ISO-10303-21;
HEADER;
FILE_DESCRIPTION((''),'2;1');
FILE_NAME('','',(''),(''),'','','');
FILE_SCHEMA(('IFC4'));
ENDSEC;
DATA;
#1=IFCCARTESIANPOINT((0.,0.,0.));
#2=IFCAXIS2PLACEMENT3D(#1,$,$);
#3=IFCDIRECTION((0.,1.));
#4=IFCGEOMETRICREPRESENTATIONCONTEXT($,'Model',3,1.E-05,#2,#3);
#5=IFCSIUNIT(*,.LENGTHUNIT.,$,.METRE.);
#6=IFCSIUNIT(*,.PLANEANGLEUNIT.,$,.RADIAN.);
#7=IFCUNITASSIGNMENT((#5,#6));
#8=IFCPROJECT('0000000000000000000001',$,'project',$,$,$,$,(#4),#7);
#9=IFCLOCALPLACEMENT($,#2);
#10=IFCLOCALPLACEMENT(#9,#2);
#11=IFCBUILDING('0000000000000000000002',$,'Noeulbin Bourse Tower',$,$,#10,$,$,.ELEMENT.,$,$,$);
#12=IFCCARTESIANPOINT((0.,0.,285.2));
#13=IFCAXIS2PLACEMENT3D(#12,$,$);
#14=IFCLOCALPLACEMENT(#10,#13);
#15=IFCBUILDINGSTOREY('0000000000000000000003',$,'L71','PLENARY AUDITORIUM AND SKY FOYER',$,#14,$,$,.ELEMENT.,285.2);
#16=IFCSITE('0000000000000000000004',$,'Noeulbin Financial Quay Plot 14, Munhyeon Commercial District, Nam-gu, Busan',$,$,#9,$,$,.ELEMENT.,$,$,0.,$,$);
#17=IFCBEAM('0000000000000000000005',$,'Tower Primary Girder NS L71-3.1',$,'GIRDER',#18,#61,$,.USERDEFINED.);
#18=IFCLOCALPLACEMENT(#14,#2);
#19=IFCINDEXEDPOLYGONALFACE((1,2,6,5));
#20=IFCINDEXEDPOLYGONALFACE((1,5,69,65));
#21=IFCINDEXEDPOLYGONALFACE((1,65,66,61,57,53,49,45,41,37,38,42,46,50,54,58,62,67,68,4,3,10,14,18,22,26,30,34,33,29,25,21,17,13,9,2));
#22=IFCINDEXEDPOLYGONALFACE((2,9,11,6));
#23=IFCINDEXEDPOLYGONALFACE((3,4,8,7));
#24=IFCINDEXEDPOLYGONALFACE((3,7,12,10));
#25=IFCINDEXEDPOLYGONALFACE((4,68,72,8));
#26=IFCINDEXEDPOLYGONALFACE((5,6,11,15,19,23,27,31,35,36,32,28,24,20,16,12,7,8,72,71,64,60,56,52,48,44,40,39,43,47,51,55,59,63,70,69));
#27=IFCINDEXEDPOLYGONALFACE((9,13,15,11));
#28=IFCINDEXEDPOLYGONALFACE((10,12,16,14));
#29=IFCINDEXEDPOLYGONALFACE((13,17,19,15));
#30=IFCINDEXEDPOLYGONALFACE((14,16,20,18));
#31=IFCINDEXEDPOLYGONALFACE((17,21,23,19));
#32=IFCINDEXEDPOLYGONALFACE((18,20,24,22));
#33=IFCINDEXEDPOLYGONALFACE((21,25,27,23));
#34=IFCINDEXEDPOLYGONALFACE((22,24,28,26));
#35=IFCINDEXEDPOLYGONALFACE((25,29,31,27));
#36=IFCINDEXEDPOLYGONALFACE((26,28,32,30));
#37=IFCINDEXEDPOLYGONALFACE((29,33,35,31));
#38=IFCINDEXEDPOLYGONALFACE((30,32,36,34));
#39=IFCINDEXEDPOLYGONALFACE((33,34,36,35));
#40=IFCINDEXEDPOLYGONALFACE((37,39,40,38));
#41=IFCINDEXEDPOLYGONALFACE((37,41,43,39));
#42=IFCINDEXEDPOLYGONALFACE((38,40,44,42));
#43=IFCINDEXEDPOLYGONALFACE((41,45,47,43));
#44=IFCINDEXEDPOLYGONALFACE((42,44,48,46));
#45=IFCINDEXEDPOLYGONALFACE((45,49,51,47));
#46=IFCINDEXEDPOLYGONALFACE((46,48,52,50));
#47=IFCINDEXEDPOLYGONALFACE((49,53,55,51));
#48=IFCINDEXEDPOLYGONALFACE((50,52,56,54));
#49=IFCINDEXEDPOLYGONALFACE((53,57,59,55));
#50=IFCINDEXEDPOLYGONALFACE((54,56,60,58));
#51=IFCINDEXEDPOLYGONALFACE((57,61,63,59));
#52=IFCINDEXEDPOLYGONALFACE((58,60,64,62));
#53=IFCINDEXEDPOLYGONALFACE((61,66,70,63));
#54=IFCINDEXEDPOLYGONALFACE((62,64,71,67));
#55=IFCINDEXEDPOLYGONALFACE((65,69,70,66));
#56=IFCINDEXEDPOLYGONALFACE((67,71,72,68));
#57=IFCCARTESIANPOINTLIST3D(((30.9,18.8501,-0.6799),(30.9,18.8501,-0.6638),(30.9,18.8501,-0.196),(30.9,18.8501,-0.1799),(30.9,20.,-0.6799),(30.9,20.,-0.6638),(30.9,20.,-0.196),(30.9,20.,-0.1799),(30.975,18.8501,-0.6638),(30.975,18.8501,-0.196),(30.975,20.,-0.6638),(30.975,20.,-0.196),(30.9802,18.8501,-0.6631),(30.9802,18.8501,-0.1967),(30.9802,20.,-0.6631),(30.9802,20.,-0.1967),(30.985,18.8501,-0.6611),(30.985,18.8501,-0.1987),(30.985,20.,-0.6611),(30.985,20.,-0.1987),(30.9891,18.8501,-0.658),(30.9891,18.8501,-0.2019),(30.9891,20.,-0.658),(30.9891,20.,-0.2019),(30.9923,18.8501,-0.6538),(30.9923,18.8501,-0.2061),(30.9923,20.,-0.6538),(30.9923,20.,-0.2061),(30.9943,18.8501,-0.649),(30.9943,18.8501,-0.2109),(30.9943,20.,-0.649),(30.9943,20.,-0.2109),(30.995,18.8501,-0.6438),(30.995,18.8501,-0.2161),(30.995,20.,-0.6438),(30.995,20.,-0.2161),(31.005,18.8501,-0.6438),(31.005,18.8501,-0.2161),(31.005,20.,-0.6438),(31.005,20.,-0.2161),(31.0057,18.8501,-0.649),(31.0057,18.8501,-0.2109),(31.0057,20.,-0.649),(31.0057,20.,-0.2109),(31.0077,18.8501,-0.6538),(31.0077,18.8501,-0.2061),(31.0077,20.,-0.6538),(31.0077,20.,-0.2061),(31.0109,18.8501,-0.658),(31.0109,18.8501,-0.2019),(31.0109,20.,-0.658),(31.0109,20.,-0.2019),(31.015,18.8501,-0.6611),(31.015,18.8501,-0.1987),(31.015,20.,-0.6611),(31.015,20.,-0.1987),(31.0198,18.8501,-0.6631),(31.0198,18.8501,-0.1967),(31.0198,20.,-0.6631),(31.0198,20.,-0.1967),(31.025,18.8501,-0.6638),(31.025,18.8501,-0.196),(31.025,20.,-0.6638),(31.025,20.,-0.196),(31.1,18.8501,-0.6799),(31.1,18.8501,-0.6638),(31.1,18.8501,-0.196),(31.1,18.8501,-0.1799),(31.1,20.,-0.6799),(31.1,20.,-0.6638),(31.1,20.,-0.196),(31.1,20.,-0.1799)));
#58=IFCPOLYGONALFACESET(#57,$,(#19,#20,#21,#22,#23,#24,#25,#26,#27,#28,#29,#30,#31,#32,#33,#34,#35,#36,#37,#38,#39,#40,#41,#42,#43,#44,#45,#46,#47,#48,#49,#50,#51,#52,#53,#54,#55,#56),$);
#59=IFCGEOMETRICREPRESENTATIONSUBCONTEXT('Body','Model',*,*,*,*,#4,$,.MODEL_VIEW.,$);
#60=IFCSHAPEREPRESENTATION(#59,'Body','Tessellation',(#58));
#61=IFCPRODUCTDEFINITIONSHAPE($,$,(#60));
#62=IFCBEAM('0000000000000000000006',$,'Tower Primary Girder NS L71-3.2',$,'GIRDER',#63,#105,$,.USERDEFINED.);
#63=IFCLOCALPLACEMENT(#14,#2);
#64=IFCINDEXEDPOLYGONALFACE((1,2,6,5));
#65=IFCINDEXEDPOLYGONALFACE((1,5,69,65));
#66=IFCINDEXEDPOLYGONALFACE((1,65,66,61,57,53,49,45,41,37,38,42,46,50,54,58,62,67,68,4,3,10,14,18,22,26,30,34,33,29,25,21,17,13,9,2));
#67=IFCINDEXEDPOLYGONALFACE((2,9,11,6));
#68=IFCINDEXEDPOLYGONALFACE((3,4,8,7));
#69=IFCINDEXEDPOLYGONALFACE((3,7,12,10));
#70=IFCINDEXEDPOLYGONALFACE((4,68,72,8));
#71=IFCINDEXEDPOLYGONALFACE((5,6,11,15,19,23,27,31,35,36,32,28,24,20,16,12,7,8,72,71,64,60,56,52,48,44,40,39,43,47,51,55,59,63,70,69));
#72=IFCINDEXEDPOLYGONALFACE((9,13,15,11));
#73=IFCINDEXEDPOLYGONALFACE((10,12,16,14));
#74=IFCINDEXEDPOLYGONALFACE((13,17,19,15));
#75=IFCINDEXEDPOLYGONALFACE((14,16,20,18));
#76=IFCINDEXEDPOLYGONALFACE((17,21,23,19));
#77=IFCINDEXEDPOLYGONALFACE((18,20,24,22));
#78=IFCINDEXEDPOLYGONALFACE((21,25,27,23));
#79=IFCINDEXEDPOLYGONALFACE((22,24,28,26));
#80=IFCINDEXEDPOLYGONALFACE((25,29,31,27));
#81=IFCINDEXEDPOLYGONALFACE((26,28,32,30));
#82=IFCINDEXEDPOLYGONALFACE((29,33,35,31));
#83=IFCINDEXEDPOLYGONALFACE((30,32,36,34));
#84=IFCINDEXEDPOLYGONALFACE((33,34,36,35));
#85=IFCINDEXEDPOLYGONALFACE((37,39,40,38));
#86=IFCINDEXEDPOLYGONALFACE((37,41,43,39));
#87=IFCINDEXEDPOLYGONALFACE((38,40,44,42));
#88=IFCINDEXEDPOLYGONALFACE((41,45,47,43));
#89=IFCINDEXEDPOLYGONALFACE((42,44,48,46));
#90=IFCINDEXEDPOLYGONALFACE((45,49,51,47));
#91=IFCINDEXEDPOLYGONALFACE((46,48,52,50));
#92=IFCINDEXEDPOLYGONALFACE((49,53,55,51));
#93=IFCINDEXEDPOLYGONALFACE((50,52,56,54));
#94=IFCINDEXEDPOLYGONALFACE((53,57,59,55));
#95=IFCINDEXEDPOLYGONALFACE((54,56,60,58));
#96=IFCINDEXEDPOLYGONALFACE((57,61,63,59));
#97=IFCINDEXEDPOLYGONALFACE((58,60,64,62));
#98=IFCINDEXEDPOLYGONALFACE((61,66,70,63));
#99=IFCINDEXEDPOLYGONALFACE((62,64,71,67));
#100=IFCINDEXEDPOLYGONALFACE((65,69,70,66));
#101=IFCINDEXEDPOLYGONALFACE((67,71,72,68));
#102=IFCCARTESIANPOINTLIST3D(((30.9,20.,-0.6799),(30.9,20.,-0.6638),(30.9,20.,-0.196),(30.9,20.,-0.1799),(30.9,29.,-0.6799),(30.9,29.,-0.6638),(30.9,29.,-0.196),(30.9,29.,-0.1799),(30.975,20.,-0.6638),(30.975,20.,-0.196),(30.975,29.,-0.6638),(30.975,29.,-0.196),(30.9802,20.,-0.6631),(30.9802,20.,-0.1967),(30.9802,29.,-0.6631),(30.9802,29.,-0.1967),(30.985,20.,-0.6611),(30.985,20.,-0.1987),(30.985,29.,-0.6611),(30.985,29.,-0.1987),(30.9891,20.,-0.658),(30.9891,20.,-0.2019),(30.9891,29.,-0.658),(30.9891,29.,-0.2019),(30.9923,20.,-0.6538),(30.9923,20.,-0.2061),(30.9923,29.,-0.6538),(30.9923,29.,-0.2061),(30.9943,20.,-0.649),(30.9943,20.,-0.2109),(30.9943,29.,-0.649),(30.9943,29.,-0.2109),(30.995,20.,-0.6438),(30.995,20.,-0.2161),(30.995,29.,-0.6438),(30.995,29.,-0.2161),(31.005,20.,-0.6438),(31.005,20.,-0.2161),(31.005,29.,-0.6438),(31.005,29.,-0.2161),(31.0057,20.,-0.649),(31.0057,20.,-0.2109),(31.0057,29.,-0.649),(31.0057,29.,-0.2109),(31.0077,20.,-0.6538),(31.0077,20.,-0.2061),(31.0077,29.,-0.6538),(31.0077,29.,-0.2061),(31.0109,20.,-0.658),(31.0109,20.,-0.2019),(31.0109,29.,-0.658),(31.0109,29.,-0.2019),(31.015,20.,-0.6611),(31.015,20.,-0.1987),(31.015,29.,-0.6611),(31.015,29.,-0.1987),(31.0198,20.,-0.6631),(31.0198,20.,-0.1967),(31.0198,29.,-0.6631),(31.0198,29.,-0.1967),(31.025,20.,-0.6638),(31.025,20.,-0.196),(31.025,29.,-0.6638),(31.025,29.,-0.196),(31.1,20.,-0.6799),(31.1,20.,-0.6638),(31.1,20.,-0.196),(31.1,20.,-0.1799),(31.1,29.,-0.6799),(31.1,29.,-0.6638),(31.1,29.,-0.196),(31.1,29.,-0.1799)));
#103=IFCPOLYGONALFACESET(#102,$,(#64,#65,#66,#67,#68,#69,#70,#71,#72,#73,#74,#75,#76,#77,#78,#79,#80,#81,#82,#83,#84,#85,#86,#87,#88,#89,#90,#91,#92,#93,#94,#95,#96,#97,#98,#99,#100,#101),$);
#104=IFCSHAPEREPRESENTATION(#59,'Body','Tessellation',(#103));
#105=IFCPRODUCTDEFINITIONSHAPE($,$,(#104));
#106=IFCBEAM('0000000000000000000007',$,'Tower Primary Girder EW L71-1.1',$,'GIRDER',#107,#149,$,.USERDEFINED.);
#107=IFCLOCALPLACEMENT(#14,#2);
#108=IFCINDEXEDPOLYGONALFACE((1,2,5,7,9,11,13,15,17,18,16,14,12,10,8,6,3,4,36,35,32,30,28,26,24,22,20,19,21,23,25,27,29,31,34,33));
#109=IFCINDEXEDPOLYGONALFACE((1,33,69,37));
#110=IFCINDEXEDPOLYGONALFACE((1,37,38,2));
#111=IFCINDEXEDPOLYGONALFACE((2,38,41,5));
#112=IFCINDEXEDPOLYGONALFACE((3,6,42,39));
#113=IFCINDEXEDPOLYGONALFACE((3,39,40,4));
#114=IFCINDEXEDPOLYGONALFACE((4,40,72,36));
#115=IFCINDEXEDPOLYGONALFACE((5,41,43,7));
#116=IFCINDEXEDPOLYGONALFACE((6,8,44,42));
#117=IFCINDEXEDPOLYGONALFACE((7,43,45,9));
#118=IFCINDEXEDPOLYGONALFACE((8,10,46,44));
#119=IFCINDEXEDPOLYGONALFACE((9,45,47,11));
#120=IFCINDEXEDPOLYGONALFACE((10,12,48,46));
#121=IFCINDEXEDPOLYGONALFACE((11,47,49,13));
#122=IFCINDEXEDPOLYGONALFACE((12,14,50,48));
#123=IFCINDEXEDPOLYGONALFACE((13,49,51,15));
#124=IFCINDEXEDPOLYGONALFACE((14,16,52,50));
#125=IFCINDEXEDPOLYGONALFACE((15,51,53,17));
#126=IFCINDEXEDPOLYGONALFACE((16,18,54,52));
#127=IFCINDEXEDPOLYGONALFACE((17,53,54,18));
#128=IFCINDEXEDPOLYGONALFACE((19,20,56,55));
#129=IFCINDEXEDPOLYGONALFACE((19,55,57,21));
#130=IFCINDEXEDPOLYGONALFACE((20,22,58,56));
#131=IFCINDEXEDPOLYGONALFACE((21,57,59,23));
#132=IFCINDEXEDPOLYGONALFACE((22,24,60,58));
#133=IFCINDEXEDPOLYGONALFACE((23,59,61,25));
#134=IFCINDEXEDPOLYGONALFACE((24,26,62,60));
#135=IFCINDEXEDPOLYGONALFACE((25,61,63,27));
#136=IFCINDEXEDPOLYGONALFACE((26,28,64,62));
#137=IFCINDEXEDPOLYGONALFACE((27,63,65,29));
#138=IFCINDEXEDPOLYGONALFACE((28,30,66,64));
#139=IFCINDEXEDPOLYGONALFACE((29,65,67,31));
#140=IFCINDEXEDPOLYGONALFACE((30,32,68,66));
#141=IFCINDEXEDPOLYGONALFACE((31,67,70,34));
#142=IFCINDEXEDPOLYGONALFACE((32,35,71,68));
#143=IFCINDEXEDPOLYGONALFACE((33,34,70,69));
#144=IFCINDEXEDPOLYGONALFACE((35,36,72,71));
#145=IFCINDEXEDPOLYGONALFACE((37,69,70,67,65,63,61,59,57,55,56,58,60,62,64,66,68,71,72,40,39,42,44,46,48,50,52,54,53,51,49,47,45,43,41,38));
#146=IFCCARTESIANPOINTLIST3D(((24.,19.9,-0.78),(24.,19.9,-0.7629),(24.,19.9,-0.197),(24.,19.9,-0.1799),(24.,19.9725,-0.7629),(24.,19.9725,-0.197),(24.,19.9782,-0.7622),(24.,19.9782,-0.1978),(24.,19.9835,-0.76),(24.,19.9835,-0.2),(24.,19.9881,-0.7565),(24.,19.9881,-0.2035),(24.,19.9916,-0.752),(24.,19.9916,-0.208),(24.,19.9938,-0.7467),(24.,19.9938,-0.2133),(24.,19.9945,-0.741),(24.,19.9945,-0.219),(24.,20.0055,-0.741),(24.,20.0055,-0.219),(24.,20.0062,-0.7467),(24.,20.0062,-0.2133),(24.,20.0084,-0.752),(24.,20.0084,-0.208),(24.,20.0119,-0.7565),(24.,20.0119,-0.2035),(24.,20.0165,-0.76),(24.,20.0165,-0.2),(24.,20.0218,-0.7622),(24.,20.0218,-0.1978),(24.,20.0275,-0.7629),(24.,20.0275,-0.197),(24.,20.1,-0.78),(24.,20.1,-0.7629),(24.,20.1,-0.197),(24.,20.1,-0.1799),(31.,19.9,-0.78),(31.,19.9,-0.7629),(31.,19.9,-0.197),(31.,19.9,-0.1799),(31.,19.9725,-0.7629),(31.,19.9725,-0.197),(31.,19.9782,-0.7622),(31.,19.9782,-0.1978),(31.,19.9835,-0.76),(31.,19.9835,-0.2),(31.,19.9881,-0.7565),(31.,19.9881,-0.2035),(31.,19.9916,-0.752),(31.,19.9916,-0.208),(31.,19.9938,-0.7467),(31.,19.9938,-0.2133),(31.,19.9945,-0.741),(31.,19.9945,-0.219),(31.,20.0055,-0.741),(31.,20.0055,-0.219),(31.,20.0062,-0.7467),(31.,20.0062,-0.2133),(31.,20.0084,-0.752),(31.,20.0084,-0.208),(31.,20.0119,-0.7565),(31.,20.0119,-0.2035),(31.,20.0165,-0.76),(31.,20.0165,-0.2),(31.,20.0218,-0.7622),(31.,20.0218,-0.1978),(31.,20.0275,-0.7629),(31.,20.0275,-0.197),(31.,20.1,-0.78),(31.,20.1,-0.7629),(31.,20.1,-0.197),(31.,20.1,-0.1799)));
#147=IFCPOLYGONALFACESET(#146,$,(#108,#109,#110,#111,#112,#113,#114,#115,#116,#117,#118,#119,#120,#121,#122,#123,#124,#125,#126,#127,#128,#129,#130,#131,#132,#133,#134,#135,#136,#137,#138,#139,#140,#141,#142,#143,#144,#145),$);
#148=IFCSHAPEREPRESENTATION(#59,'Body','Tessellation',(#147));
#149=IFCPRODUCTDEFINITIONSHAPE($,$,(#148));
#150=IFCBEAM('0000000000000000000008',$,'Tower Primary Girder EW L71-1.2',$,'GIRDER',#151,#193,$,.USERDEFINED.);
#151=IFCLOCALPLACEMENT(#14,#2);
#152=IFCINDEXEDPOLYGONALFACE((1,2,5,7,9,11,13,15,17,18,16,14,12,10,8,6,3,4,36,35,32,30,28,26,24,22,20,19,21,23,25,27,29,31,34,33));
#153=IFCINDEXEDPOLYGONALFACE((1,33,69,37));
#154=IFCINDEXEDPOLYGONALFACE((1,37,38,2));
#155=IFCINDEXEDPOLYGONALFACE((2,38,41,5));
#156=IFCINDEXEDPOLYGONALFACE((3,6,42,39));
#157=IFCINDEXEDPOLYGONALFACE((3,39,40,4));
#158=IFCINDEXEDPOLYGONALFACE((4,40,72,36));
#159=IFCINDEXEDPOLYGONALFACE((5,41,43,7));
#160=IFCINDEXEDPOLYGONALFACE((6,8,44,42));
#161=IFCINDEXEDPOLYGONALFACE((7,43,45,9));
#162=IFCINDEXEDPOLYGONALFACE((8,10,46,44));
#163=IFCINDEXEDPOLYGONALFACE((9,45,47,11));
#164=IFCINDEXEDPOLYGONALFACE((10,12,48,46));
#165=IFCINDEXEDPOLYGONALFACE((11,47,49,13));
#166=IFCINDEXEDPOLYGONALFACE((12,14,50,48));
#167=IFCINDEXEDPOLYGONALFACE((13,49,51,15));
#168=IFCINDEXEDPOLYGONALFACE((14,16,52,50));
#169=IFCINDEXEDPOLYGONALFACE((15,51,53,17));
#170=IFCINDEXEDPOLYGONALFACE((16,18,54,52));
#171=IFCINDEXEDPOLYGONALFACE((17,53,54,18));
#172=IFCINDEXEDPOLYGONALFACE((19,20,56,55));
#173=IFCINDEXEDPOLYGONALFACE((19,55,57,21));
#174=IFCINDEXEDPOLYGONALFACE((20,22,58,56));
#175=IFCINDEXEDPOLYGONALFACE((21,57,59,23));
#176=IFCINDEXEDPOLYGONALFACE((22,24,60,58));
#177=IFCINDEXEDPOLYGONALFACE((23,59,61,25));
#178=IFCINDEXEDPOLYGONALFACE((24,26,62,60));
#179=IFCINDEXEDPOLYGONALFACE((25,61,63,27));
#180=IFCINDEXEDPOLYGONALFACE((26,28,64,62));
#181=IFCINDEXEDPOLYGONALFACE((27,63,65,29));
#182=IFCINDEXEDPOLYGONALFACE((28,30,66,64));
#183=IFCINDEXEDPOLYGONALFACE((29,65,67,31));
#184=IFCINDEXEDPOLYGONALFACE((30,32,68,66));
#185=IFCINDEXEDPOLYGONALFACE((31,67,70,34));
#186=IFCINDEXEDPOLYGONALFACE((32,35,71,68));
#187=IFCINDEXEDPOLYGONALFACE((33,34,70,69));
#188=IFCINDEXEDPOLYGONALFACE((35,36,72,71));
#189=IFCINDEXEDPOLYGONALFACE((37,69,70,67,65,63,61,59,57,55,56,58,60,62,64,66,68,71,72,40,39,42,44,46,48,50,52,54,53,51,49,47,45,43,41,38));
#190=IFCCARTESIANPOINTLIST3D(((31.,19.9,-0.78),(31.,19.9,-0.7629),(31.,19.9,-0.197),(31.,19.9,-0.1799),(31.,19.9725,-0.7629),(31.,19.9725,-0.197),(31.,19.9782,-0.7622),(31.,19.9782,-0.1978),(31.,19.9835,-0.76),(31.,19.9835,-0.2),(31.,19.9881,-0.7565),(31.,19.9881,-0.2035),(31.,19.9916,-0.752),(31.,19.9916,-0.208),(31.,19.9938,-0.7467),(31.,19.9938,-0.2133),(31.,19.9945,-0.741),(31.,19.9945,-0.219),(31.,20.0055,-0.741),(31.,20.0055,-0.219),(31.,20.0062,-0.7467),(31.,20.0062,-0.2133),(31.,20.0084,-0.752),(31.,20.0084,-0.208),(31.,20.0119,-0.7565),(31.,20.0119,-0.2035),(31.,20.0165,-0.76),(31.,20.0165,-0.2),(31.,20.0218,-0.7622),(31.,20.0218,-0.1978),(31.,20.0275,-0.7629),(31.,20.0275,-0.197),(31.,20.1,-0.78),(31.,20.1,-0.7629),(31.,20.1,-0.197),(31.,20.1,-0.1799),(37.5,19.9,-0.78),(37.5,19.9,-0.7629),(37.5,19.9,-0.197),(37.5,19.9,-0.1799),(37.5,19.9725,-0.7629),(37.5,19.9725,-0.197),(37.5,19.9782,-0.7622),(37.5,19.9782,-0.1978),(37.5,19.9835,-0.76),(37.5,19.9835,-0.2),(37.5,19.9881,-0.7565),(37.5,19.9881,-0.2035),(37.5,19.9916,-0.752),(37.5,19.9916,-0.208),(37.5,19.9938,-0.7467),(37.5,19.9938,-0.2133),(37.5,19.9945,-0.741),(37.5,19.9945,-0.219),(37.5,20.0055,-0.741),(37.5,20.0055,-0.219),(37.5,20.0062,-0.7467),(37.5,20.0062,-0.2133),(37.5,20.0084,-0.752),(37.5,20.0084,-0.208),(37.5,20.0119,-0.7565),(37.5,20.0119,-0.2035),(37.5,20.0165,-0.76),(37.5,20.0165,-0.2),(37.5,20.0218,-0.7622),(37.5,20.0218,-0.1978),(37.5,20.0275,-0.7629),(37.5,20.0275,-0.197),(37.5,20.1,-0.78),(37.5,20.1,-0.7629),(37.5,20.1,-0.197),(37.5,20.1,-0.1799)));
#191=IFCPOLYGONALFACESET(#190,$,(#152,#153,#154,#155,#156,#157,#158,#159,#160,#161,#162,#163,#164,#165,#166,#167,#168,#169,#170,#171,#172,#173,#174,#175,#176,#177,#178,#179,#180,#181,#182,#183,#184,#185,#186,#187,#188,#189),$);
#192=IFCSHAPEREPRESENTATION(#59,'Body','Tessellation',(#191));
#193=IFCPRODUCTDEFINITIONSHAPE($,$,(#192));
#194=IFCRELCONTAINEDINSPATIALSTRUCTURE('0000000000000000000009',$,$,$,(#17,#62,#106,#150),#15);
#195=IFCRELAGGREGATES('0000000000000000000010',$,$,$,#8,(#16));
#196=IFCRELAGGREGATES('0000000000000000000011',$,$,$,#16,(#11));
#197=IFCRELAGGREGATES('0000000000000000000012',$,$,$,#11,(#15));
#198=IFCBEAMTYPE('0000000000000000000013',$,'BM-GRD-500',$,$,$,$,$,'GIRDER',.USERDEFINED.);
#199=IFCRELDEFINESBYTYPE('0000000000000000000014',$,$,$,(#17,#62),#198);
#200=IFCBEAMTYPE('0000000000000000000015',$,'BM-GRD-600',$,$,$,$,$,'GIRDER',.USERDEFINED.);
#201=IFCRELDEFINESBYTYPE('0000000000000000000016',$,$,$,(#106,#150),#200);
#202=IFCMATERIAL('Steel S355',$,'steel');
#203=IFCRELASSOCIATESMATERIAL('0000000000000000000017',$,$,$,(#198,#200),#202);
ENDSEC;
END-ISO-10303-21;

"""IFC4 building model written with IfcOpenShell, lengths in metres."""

from ifc_helpers import new_model, si_unit, direction, frame, origin, origin_2d, place, context, subcontext, project, spatial, i_section, extrude, material, material_profile, profile_set, type_object, element, save


model = new_model("IFC4")

# Units and contexts
model_context = context("Model", 3, precision=1e-05, world=origin(), true_north=direction((0.0, 1.0)))
body_context = subcontext(model_context, "Body", "Model", "MODEL_VIEW")
ifc_project = project(units=[si_unit("LENGTHUNIT", "METRE"), si_unit("PLANEANGLEUNIT", "RADIAN")], contexts=[model_context])

# Site, building, storey
site_placement = place(None, origin())
site = spatial("IfcSite", under=ifc_project, at=site_placement, Name="Noeulbin Financial Quay Plot 14, Munhyeon Commercial District, Nam-gu, Busan", CompositionType="ELEMENT", RefElevation=0.0)
building_placement = place(site_placement, origin())
building = spatial("IfcBuilding", under=site, at=building_placement, Name="Noeulbin Bourse Tower", CompositionType="ELEMENT")
storey_placement = place(building_placement, frame((0.0, 0.0, 285.2)))
storey = spatial("IfcBuildingStorey", under=building, at=storey_placement, Name="L71", Description="PLENARY AUDITORIUM AND SKY FOYER", CompositionType="ELEMENT", Elevation=285.2)

# Shared definitions
ifc_material_1 = material(Name="Steel S355", Category="steel")

# Beams
ifc_material_profile_1 = material_profile(ifc_material_1, i_section(OverallWidth=0.2, OverallDepth=0.5, WebThickness=0.01, FlangeThickness=0.0161, FilletRadius=0.02, at=origin_2d()), Name="H-500x200x10x16", Category="LoadBearing")
ifc_profile_set_1 = profile_set([ifc_material_profile_1], Name="Steel S355")
beam_type_1 = type_object("IfcBeamType", Name="BM-GRD-500", ElementType="GIRDER", PredefinedType="USERDEFINED", material=ifc_profile_set_1)
beam_1_placement = place(storey_placement, frame((31.0, 18.8501, -0.4299), z_axis=(0.0, 1.0, 0.0), x_axis=(-1.0, 0.0, 0.0)))
element("IfcBeam", 1, at=beam_1_placement, inside=storey, type_object=beam_type_1, Name="Tower Primary Girder NS L71-3.1", ObjectType="GIRDER", PredefinedType="USERDEFINED", context=body_context, shape_type="SweptSolid", body=[
    extrude(i_section(OverallWidth=0.2, OverallDepth=0.5, WebThickness=0.01, FlangeThickness=0.0161, FilletRadius=0.02, at=origin_2d()), origin(), (0.0, 0.0, 1.0), 1.1499),
])
beam_2_placement = place(storey_placement, frame((31.0, 20.0, -0.4299), z_axis=(0.0, 1.0, 0.0), x_axis=(-1.0, 0.0, 0.0)))
element("IfcBeam", 2, at=beam_2_placement, inside=storey, type_object=beam_type_1, Name="Tower Primary Girder NS L71-3.2", ObjectType="GIRDER", PredefinedType="USERDEFINED", context=body_context, shape_type="SweptSolid", body=[
    extrude(i_section(OverallWidth=0.2, OverallDepth=0.5, WebThickness=0.01, FlangeThickness=0.0161, FilletRadius=0.02, at=origin_2d()), origin(), (0.0, 0.0, 1.0), 9.0),
])
ifc_material_profile_2 = material_profile(ifc_material_1, i_section(OverallWidth=0.2, OverallDepth=0.6001, WebThickness=0.011, FlangeThickness=0.0171, FilletRadius=0.022, at=origin_2d()), Name="H-600x200x11x17", Category="LoadBearing")
ifc_profile_set_2 = profile_set([ifc_material_profile_2], Name="Steel S355")
beam_type_2 = type_object("IfcBeamType", Name="BM-GRD-600", ElementType="GIRDER", PredefinedType="USERDEFINED", material=ifc_profile_set_2)
beam_3_placement = place(storey_placement, frame((24.0, 20.0, -0.48), z_axis=(1.0, 0.0, 0.0), x_axis=(0.0, 1.0, 0.0)))
element("IfcBeam", 3, at=beam_3_placement, inside=storey, type_object=beam_type_2, Name="Tower Primary Girder EW L71-1.1", ObjectType="GIRDER", PredefinedType="USERDEFINED", context=body_context, shape_type="SweptSolid", body=[
    extrude(i_section(OverallWidth=0.2, OverallDepth=0.6001, WebThickness=0.011, FlangeThickness=0.0171, FilletRadius=0.022, at=origin_2d()), origin(), (0.0, 0.0, 1.0), 7.0),
])
beam_4_placement = place(storey_placement, frame((31.0, 20.0, -0.48), z_axis=(1.0, 0.0, 0.0), x_axis=(0.0, 1.0, 0.0)))
element("IfcBeam", 4, at=beam_4_placement, inside=storey, type_object=beam_type_2, Name="Tower Primary Girder EW L71-1.2", ObjectType="GIRDER", PredefinedType="USERDEFINED", context=body_context, shape_type="SweptSolid", body=[
    extrude(i_section(OverallWidth=0.2, OverallDepth=0.6001, WebThickness=0.011, FlangeThickness=0.0171, FilletRadius=0.022, at=origin_2d()), origin(), (0.0, 0.0, 1.0), 6.5),
])

save(model, "model.ifc")
